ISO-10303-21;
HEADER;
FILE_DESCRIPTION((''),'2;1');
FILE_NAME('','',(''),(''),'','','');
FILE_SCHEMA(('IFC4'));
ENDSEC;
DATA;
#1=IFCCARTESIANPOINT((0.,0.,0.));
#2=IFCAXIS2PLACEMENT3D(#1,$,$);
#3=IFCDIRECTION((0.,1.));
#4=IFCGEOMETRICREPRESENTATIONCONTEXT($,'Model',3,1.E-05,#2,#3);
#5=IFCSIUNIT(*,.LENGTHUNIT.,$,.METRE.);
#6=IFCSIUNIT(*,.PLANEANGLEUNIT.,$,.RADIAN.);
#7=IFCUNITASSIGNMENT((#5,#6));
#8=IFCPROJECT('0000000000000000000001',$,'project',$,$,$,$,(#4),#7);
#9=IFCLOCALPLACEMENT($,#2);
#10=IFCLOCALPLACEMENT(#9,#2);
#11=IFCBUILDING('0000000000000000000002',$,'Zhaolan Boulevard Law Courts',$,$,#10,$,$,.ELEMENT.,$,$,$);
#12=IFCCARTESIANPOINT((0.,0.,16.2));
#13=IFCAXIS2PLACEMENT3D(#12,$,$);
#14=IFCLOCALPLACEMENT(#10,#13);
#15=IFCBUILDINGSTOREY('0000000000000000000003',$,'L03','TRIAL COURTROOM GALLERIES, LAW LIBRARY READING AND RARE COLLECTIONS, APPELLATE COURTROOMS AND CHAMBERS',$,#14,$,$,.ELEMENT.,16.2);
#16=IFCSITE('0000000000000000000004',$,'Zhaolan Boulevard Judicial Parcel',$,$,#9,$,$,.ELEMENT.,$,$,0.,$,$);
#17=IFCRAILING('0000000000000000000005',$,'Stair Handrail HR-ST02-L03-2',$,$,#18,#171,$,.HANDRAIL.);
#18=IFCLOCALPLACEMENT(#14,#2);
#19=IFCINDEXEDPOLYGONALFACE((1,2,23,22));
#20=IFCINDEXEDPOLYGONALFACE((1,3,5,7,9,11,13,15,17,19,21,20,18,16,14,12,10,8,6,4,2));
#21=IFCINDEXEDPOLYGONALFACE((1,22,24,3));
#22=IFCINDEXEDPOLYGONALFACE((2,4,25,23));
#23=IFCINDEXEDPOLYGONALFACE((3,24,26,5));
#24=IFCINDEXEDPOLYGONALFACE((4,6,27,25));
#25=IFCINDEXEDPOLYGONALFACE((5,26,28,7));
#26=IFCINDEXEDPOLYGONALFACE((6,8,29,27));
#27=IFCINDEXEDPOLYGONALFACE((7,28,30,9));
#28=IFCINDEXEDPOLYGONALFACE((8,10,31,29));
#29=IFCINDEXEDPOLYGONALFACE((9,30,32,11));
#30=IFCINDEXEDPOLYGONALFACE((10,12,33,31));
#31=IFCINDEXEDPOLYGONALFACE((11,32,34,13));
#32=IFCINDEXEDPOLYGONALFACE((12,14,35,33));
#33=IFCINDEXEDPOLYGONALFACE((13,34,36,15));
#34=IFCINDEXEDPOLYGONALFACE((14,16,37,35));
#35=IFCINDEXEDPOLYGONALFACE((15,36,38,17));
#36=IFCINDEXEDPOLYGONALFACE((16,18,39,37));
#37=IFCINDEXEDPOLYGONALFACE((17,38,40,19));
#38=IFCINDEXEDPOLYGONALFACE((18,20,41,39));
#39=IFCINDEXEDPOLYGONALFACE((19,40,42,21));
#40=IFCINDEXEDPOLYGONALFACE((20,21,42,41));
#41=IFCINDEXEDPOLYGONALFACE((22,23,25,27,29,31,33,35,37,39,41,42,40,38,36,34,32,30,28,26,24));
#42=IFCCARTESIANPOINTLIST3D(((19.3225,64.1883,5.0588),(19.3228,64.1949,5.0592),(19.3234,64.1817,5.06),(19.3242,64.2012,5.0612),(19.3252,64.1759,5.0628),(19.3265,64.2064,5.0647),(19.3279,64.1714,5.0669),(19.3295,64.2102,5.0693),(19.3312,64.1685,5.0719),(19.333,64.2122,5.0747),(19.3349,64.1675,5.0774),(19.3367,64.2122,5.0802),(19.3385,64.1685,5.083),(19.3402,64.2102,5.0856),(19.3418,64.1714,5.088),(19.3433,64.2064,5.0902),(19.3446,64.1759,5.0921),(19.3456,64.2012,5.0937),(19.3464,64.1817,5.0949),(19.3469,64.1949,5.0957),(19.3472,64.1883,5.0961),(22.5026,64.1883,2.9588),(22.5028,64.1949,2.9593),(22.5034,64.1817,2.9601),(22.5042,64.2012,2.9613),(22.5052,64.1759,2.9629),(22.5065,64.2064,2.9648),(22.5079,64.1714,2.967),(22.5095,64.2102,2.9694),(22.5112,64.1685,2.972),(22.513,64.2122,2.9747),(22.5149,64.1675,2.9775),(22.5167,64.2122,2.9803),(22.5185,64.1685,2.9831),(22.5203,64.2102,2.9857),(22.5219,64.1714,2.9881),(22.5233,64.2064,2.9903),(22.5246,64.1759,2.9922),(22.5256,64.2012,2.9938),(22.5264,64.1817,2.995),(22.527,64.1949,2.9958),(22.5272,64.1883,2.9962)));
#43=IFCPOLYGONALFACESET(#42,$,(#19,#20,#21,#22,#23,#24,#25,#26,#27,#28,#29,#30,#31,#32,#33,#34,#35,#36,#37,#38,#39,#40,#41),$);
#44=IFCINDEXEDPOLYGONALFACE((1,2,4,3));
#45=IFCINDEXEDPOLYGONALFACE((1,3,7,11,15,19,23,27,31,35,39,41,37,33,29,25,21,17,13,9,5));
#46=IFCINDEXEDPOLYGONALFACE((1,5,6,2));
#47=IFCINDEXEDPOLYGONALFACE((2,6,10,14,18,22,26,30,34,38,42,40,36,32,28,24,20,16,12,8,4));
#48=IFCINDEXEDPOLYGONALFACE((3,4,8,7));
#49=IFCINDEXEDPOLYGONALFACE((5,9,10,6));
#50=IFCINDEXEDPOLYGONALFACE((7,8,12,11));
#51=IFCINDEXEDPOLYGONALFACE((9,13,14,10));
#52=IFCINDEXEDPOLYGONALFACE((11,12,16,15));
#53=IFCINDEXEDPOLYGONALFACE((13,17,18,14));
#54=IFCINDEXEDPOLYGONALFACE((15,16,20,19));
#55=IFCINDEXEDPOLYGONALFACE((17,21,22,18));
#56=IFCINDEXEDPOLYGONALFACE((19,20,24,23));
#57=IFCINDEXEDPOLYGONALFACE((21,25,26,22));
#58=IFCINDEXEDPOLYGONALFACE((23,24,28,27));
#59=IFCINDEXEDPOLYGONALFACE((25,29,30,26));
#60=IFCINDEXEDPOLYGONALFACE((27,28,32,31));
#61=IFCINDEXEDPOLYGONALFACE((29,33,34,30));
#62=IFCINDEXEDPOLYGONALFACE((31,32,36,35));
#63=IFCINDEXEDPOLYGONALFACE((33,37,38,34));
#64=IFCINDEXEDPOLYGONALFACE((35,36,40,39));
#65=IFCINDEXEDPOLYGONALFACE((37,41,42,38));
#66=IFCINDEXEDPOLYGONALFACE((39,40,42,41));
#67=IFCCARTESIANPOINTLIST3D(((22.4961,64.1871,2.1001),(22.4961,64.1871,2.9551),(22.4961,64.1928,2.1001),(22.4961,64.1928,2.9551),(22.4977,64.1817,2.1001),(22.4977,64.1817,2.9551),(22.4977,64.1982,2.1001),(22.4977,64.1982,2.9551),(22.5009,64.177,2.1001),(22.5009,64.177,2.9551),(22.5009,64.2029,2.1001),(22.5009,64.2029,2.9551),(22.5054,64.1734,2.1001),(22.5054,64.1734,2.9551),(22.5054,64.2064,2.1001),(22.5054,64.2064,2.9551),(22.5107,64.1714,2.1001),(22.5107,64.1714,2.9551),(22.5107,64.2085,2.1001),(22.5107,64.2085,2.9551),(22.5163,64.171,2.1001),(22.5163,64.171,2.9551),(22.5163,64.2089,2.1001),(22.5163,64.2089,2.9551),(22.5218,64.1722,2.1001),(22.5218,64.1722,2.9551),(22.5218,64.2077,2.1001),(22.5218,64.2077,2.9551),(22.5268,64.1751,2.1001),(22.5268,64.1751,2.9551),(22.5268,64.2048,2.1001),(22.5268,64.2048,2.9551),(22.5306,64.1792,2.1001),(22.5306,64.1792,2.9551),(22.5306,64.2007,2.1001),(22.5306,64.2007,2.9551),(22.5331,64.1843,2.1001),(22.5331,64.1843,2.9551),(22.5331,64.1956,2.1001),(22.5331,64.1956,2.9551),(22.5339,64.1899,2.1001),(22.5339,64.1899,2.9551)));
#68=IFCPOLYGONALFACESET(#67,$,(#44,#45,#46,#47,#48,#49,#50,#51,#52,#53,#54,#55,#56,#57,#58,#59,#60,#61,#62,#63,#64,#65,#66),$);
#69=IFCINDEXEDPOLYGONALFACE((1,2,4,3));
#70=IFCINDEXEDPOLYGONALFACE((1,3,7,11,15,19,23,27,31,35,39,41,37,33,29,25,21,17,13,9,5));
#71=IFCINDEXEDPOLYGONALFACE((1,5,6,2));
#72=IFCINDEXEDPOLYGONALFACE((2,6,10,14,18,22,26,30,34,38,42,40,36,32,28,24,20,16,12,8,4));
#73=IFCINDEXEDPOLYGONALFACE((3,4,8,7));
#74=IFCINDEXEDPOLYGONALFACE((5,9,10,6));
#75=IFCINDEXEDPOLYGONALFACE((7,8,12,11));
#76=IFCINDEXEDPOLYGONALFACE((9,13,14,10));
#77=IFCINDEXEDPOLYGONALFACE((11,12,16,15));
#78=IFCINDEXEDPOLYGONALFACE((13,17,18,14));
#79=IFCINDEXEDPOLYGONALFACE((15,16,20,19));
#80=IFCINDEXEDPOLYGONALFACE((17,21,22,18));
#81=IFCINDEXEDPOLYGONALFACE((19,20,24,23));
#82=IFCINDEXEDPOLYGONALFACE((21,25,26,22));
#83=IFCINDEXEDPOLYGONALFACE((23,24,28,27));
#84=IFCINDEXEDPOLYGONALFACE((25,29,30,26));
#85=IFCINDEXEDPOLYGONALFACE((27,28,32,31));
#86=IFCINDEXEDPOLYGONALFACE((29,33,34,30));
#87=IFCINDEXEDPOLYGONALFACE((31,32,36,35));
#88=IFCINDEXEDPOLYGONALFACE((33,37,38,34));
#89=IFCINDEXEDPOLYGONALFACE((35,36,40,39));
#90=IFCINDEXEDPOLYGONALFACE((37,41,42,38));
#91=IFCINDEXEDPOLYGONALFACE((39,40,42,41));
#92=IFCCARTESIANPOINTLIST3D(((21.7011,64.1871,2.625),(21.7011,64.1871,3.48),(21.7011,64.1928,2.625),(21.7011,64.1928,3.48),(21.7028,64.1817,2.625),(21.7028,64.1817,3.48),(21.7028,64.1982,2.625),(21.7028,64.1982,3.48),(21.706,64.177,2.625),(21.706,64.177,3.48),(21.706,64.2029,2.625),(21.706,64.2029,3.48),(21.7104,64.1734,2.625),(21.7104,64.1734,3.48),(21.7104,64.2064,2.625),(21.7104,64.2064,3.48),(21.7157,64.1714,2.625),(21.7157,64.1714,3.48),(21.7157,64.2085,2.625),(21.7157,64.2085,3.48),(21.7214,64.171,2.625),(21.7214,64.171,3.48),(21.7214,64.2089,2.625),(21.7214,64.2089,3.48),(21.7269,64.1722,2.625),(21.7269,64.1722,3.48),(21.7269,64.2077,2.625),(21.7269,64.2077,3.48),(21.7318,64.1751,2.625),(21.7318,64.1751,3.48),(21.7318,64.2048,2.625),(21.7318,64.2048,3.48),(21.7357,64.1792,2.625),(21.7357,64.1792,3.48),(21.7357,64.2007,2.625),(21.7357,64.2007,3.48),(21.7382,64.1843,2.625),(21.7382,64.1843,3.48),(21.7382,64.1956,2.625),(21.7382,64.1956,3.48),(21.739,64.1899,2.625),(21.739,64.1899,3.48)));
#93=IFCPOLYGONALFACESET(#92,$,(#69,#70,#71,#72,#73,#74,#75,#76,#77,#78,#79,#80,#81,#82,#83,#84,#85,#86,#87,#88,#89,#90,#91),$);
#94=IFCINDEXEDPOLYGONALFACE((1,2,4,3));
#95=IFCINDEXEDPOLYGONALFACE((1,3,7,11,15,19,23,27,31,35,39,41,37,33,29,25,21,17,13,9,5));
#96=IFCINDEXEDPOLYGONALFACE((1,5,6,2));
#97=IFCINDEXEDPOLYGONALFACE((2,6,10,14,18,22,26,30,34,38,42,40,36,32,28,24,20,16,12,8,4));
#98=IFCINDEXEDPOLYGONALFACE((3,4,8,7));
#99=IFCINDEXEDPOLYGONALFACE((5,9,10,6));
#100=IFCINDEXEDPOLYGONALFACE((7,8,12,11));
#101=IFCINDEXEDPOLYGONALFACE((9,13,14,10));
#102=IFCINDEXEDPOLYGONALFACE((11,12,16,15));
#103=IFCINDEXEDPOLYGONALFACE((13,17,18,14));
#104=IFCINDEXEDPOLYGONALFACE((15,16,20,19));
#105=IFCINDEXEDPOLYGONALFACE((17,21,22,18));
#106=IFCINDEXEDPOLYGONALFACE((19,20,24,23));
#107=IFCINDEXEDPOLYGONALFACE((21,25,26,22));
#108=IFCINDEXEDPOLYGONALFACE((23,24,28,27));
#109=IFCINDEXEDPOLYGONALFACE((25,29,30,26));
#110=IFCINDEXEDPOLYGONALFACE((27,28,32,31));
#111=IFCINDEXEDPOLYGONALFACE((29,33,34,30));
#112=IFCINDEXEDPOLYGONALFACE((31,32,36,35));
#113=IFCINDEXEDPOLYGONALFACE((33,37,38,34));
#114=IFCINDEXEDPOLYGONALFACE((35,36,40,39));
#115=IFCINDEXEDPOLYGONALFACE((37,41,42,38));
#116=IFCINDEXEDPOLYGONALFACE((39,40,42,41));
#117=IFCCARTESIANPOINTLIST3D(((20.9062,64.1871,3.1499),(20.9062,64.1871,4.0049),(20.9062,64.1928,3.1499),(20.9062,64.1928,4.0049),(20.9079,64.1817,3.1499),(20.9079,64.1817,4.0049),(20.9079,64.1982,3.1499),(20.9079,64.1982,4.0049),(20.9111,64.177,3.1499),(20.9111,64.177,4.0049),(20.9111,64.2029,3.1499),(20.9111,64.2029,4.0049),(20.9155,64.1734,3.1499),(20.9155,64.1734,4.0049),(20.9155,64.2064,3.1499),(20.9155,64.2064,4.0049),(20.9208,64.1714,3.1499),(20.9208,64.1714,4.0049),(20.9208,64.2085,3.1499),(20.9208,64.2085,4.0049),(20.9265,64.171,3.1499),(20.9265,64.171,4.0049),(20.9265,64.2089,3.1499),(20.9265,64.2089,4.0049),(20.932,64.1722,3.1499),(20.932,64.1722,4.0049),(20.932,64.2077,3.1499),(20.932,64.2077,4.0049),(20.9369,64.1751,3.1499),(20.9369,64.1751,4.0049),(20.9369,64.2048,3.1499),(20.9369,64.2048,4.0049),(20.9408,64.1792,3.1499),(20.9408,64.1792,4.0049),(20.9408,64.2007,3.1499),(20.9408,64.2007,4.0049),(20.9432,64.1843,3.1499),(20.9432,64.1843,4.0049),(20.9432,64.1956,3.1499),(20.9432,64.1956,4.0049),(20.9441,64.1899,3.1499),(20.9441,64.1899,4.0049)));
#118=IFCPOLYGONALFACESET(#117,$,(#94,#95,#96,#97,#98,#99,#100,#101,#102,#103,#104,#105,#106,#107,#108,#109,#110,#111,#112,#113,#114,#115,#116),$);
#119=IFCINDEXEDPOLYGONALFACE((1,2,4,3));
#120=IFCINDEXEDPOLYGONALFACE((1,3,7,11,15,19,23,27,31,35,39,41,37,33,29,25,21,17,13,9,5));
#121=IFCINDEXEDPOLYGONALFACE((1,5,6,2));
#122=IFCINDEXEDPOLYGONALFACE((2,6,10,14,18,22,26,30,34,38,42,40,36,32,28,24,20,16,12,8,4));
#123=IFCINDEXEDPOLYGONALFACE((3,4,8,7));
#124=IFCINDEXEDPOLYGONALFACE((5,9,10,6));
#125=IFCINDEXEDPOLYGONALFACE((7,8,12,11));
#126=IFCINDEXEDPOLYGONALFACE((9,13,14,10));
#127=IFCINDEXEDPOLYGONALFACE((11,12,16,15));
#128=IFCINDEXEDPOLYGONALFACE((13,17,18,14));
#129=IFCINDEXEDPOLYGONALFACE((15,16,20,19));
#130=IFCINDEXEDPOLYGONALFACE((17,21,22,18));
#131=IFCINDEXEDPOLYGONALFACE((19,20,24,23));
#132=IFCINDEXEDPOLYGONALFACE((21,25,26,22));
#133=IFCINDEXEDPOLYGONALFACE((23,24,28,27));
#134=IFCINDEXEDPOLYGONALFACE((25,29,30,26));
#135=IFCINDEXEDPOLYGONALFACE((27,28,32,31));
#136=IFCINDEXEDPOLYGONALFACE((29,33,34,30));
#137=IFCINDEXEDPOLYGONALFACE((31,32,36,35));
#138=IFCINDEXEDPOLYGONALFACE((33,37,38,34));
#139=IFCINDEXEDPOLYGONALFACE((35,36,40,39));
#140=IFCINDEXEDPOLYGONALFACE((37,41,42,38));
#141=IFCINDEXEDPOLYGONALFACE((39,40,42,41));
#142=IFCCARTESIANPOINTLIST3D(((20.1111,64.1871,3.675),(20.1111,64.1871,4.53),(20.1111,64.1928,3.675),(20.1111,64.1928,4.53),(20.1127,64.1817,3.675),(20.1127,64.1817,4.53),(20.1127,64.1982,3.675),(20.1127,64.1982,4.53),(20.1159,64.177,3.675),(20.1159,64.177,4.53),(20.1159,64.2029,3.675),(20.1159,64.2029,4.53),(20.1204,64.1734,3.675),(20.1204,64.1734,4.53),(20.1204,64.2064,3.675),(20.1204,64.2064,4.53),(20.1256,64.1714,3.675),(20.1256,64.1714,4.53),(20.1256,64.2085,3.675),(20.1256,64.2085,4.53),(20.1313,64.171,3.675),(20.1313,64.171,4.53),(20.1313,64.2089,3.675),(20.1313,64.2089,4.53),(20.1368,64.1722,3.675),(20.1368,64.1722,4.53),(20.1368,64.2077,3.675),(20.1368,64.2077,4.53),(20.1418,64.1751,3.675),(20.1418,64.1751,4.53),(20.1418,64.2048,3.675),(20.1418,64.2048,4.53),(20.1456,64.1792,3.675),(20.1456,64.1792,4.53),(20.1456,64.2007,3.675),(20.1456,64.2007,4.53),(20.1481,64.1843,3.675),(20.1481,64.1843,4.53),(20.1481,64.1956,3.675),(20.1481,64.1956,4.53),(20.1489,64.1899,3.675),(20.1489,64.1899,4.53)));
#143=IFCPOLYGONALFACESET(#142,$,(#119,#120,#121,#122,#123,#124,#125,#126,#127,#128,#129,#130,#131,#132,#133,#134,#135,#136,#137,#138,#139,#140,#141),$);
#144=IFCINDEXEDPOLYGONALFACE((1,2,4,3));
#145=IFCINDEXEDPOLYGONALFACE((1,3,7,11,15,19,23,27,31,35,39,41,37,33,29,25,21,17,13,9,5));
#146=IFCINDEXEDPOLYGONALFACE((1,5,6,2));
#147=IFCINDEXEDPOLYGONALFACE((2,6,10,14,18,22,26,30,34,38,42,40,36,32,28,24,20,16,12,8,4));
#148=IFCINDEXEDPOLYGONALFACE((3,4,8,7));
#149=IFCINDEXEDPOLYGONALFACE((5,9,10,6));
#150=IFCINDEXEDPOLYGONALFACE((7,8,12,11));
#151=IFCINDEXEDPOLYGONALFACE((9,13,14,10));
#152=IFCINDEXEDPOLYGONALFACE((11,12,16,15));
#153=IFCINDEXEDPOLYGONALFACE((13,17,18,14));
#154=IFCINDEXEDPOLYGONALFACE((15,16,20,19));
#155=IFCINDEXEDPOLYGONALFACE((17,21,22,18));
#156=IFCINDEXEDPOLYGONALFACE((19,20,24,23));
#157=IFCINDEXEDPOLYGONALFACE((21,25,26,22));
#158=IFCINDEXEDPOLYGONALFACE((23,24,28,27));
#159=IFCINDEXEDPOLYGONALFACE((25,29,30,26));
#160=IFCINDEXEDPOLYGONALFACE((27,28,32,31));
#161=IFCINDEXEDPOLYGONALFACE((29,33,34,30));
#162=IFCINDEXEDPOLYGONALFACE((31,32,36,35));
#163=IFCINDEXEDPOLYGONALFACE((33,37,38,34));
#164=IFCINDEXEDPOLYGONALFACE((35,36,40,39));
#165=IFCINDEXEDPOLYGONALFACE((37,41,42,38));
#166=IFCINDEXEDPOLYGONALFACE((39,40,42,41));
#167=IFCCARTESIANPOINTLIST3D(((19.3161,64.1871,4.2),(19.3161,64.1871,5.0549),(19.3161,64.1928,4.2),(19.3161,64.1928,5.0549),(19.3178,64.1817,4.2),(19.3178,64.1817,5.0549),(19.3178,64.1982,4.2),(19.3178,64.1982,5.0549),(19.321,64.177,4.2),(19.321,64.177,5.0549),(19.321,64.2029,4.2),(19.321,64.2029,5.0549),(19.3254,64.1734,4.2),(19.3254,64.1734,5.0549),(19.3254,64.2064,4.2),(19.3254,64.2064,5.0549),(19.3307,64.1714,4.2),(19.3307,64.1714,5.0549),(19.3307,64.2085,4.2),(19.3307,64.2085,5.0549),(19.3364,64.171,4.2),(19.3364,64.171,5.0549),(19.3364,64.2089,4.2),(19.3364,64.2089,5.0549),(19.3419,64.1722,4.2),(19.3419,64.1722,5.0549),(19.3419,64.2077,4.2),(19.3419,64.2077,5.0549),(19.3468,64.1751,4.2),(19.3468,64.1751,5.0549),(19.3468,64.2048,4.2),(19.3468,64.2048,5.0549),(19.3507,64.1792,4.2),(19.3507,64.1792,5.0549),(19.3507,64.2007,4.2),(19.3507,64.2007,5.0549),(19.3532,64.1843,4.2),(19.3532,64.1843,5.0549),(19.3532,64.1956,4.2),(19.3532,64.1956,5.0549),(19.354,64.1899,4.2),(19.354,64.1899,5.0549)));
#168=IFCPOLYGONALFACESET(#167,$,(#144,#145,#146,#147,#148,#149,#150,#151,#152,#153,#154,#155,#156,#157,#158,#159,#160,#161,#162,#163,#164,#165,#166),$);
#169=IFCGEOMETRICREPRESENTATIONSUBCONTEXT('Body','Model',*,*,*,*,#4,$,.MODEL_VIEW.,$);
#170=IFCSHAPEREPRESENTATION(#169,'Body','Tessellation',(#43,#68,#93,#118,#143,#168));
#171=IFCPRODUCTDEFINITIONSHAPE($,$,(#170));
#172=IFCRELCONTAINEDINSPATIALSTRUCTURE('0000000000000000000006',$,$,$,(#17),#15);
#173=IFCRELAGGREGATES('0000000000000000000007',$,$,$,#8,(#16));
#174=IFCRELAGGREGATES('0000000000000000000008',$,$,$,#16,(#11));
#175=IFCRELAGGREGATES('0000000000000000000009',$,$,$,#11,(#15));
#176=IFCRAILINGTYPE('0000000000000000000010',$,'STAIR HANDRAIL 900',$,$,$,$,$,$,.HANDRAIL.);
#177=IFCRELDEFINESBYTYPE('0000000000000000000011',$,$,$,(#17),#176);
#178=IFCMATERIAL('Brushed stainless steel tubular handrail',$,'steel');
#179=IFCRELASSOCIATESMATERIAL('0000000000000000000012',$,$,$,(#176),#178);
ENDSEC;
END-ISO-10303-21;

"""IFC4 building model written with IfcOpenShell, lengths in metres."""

from ifc_helpers import new_model, si_unit, direction, frame, origin, origin_2d, place, context, subcontext, project, spatial, circle, extrude, material, type_object, element, save


model = new_model("IFC4")

# Units and contexts
model_context = context("Model", 3, precision=1e-05, world=origin(), true_north=direction((0.0, 1.0)))
body_context = subcontext(model_context, "Body", "Model", "MODEL_VIEW")
ifc_project = project(units=[si_unit("LENGTHUNIT", "METRE"), si_unit("PLANEANGLEUNIT", "RADIAN")], contexts=[model_context])

# Site, building, storey
site_placement = place(None, origin())
site = spatial("IfcSite", under=ifc_project, at=site_placement, Name="Zhaolan Boulevard Judicial Parcel", CompositionType="ELEMENT", RefElevation=0.0)
building_placement = place(site_placement, origin())
building = spatial("IfcBuilding", under=site, at=building_placement, Name="Zhaolan Boulevard Law Courts", CompositionType="ELEMENT")
storey_placement = place(building_placement, frame((0.0, 0.0, 16.2)))
storey = spatial("IfcBuildingStorey", under=building, at=storey_placement, Name="L03", Description="TRIAL COURTROOM GALLERIES, LAW LIBRARY READING AND RARE COLLECTIONS, APPELLATE COURTROOMS AND CHAMBERS", CompositionType="ELEMENT", Elevation=16.2)

# Railing
ifc_material_1 = material(Name="Brushed stainless steel tubular handrail", Category="steel")
railing_type_1 = type_object("IfcRailingType", Name="STAIR HANDRAIL 900", PredefinedType="HANDRAIL", material=ifc_material_1)
railing_1_placement = place(storey_placement, frame((22.5149, 64.1899, 2.1001)))
element("IfcRailing", 1, at=railing_1_placement, inside=storey, type_object=railing_type_1, Name="Stair Handrail HR-ST02-L03-2", PredefinedType="HANDRAIL", context=body_context, shape_type="SweptSolid", body=[
    extrude(circle(Radius=0.0225, at=origin_2d()), frame((0.0, 0.0, 0.8774), z_axis=(-0.834477, 0.0, 0.551043), x_axis=(0.0, -1.0, 0.0)), (0.0, 0.0, 1.0), 3.8108),
    extrude(circle(Radius=0.019, at=origin_2d()), origin(), (0.0, 0.0, 1.0), 0.855),
    extrude(circle(Radius=0.019, at=origin_2d()), frame((-0.7949, 0.0, 0.5249)), (0.0, 0.0, 1.0), 0.855),
    extrude(circle(Radius=0.019, at=origin_2d()), frame((-1.5898, 0.0, 1.0498)), (0.0, 0.0, 1.0), 0.855),
    extrude(circle(Radius=0.019, at=origin_2d()), frame((-2.385, 0.0, 1.575)), (0.0, 0.0, 1.0), 0.855),
    extrude(circle(Radius=0.019, at=origin_2d()), frame((-3.1799, 0.0, 2.0999)), (0.0, 0.0, 1.0), 0.855),
])

save(model, "model.ifc")
